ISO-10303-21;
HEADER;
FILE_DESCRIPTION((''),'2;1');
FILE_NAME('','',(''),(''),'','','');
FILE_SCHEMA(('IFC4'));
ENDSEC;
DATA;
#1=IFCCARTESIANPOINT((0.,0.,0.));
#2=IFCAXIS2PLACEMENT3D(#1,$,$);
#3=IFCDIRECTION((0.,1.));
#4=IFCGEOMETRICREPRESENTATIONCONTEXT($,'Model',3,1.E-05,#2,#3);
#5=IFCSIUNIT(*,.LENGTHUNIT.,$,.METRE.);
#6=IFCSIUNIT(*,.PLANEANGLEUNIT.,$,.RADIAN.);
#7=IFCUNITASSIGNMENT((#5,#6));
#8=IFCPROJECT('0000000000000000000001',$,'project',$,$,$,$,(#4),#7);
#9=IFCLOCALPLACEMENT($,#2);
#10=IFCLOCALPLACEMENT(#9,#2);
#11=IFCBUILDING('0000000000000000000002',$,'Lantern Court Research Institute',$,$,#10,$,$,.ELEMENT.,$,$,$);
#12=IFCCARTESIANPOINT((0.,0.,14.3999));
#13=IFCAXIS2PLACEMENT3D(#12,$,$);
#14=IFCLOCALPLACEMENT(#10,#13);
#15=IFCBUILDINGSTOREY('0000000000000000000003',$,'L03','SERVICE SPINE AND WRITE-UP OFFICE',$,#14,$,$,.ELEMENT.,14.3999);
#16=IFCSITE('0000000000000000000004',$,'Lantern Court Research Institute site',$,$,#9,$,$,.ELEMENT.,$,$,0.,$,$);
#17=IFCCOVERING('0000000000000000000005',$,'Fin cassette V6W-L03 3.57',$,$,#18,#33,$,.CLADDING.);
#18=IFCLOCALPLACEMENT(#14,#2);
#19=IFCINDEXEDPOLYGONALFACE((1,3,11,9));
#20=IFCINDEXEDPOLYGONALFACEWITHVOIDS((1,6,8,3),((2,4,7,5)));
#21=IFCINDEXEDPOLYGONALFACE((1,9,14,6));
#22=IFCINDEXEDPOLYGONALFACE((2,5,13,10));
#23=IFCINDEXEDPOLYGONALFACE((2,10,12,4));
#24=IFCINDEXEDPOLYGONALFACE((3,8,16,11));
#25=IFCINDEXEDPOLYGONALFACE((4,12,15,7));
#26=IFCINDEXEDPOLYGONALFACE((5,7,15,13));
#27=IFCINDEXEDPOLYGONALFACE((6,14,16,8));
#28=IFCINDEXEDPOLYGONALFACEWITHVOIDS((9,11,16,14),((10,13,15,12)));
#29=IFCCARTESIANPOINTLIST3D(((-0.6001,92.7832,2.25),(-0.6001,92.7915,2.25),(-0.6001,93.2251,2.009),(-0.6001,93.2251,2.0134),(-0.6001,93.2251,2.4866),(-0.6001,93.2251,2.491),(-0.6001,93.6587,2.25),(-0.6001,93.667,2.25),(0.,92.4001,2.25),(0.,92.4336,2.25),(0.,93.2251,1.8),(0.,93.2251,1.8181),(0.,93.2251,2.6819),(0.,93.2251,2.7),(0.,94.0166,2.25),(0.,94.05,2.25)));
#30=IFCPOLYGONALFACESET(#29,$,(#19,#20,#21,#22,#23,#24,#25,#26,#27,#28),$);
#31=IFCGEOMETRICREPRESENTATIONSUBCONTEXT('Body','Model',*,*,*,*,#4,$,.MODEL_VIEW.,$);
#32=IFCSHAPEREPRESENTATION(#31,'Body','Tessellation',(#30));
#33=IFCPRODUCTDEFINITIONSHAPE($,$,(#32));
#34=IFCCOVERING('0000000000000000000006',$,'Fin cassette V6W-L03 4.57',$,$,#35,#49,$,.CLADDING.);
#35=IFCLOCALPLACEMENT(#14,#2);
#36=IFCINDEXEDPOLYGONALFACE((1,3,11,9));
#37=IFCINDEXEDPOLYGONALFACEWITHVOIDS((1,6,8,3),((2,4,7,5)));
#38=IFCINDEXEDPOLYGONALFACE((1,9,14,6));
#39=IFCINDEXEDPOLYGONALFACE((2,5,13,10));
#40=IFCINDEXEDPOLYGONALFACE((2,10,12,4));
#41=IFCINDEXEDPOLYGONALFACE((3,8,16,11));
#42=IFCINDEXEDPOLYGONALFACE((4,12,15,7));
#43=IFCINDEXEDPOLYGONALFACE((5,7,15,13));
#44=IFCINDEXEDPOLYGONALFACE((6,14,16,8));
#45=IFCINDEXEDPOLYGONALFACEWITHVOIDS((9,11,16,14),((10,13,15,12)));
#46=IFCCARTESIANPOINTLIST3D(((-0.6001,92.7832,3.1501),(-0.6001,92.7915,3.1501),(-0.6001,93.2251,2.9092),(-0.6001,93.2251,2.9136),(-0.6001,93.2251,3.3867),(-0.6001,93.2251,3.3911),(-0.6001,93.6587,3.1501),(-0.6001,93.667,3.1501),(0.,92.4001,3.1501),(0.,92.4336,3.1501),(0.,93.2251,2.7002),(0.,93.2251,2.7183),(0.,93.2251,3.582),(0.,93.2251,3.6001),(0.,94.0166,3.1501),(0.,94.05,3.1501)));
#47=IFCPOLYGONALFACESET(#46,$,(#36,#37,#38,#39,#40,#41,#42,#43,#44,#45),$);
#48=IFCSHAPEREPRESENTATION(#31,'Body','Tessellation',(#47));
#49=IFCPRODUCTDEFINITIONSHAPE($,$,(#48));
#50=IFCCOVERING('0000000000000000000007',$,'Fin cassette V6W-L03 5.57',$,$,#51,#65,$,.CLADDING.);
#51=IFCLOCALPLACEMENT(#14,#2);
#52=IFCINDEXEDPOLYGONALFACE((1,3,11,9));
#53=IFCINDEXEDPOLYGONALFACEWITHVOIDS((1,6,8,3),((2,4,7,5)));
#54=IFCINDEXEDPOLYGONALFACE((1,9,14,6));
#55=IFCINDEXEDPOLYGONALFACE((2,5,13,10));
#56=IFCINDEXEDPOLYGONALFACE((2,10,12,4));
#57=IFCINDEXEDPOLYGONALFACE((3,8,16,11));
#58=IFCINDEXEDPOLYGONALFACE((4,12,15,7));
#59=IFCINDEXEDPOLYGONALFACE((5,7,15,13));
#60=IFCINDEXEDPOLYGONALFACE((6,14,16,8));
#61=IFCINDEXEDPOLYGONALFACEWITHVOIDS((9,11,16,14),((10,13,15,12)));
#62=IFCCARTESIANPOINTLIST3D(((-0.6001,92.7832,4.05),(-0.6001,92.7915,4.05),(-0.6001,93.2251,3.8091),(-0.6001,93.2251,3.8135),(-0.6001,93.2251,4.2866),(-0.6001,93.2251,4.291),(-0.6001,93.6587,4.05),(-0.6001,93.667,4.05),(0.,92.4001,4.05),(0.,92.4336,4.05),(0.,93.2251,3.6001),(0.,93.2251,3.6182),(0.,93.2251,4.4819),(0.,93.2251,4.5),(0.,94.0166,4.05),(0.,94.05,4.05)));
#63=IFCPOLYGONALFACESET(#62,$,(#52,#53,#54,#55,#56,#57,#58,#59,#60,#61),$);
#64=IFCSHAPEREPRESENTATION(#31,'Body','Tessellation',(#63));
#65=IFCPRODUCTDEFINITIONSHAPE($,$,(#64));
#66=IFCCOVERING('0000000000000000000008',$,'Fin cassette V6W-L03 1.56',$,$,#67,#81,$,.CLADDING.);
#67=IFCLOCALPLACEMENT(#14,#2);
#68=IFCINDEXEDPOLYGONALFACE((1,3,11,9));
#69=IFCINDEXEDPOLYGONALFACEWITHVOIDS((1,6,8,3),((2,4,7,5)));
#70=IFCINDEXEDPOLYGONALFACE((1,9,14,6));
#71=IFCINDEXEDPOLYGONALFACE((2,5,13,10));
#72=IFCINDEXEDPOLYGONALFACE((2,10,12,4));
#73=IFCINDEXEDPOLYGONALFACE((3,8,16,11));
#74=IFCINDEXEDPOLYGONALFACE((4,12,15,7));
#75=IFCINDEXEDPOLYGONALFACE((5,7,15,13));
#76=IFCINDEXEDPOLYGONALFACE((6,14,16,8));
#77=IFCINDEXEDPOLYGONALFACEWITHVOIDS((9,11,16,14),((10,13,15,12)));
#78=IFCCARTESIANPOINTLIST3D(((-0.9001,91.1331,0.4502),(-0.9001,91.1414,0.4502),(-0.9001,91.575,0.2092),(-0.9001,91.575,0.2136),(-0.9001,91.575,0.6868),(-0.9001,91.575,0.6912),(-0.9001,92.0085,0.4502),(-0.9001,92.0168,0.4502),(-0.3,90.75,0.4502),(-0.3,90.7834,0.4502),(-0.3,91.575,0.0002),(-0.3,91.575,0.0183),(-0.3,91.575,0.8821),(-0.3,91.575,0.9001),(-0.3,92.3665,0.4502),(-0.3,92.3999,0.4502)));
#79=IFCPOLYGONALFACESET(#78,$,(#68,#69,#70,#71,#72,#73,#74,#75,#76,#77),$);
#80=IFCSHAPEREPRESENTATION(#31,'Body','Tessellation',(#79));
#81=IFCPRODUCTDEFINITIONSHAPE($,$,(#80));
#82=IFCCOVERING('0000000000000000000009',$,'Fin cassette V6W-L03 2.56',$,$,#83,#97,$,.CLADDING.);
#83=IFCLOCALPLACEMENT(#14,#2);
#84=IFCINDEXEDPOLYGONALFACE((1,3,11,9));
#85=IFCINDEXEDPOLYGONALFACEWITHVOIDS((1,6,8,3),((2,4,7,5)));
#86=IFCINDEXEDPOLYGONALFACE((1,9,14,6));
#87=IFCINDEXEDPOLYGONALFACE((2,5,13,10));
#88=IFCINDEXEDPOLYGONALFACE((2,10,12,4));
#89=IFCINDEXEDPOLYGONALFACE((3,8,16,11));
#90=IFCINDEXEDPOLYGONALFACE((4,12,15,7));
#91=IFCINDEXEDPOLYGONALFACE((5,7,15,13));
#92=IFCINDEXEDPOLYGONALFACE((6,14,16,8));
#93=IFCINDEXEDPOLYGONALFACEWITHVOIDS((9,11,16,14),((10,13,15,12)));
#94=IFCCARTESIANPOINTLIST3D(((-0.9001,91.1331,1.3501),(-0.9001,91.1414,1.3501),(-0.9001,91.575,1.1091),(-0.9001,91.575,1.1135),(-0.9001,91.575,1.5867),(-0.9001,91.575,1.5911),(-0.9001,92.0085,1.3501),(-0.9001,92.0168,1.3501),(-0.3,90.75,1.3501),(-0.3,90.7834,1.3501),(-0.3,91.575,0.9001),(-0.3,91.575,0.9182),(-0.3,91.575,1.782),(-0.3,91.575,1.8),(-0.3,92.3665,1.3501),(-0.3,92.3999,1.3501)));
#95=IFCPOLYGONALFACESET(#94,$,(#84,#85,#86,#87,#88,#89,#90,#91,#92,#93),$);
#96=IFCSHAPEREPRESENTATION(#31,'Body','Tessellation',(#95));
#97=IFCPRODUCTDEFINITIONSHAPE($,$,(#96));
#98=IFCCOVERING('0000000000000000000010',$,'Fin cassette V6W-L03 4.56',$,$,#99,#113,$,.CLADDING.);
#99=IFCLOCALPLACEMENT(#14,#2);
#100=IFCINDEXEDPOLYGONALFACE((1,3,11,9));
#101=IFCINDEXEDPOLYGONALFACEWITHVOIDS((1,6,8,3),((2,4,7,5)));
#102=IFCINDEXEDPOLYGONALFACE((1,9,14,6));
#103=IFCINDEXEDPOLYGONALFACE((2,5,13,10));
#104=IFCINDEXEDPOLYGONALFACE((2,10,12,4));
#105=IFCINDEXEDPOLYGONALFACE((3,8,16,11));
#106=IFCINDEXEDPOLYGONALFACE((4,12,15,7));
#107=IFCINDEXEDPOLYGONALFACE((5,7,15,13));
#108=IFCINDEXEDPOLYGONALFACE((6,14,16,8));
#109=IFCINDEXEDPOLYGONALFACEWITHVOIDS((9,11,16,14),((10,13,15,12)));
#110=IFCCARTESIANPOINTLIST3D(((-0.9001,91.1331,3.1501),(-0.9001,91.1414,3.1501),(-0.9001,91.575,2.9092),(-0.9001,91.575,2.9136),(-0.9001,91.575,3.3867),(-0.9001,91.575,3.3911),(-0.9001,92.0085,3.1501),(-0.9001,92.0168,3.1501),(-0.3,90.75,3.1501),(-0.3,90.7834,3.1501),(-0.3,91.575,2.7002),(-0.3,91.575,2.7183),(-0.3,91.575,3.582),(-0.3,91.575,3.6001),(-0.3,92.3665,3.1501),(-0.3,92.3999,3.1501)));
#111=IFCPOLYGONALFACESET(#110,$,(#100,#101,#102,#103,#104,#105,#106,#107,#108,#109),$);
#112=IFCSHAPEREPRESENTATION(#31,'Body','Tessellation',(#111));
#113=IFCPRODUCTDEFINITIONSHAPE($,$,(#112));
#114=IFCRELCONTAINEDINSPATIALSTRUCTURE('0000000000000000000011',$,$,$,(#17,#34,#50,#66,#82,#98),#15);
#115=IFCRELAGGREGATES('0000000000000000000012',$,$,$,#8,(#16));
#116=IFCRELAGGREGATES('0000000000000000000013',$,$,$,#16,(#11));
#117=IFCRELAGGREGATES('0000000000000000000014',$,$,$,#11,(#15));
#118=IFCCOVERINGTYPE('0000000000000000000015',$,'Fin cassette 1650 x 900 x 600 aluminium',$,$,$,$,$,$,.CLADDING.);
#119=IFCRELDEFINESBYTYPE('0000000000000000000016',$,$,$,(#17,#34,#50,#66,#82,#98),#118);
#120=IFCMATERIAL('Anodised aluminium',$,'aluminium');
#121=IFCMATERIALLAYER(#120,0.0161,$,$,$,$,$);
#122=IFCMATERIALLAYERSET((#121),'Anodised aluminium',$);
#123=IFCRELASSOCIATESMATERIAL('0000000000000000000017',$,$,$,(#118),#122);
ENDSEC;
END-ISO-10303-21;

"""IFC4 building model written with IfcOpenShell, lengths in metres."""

from ifc_helpers import new_model, entity, si_unit, direction, frame, origin, place, context, subcontext, project, spatial, material, layer, layer_set, type_object, element, save


model = new_model("IFC4")

# Units and contexts
model_context = context("Model", 3, precision=1e-05, world=origin(), true_north=direction((0.0, 1.0)))
body_context = subcontext(model_context, "Body", "Model", "MODEL_VIEW")
ifc_project = project(units=[si_unit("LENGTHUNIT", "METRE"), si_unit("PLANEANGLEUNIT", "RADIAN")], contexts=[model_context])

# Site, building, storey
site_placement = place(None, origin())
site = spatial("IfcSite", under=ifc_project, at=site_placement, Name="Lantern Court Research Institute site", CompositionType="ELEMENT", RefElevation=0.0)
building_placement = place(site_placement, origin())
building = spatial("IfcBuilding", under=site, at=building_placement, Name="Lantern Court Research Institute", CompositionType="ELEMENT")
storey_placement = place(building_placement, frame((0.0, 0.0, 14.3999)))
storey = spatial("IfcBuildingStorey", under=building, at=storey_placement, Name="L03", Description="SERVICE SPINE AND WRITE-UP OFFICE", CompositionType="ELEMENT", Elevation=14.3999)

# Coverings
ifc_material_1 = material(Name="Anodised aluminium", Category="aluminium")
ifc_layer_1 = layer(ifc_material_1, 0.0161)
ifc_layer_set_1 = layer_set([ifc_layer_1], Name="Anodised aluminium")
covering_type_1 = type_object("IfcCoveringType", Name="Fin cassette 1650 x 900 x 600 aluminium", PredefinedType="CLADDING", material=ifc_layer_set_1)
covering_1_placement = place(storey_placement, frame((0.0, 93.2251, 2.25), z_axis=(-1.0, 0.0, 0.0), x_axis=(0.0, -1.0, 0.0)))
cartesian_point_1 = entity("IfcCartesianPoint", [0.825, 0.0])
cartesian_point_2 = entity("IfcCartesianPoint", [0.7915, 0.0])
cartesian_point_3 = entity("IfcCartesianPoint", [0.4419, 0.0])
cartesian_point_4 = entity("IfcCartesianPoint", [0.4336, 0.0])
element("IfcCovering", 1, at=covering_1_placement, inside=storey, type_object=covering_type_1, Name="Fin cassette V6W-L03 3.57", PredefinedType="CLADDING", context=body_context, shape_type="SweptSolid", body=[
    entity("IfcExtrudedAreaSolidTapered", entity("IfcArbitraryProfileDefWithVoids", "AREA", None, entity("IfcPolyline", [cartesian_point_1, entity("IfcCartesianPoint", [0.0, 0.45]), entity("IfcCartesianPoint", [-0.825, 0.0]), entity("IfcCartesianPoint", [0.0, -0.45]), cartesian_point_1]), [entity("IfcPolyline", [cartesian_point_2, entity("IfcCartesianPoint", [0.0, 0.4319]), entity("IfcCartesianPoint", [-0.7915, 0.0]), entity("IfcCartesianPoint", [0.0, -0.4319]), cartesian_point_2])]), entity("IfcAxis2Placement3D", entity("IfcCartesianPoint", [0.0, 0.0, 0.0])), entity("IfcDirection", [0.0, 0.0, 1.0]), 0.6001, entity("IfcArbitraryProfileDefWithVoids", "AREA", None, entity("IfcPolyline", [cartesian_point_3, entity("IfcCartesianPoint", [0.0, 0.241]), entity("IfcCartesianPoint", [-0.4419, 0.0]), entity("IfcCartesianPoint", [0.0, -0.241]), cartesian_point_3]), [entity("IfcPolyline", [cartesian_point_4, entity("IfcCartesianPoint", [0.0, 0.2366]), entity("IfcCartesianPoint", [-0.4336, 0.0]), entity("IfcCartesianPoint", [0.0, -0.2366]), cartesian_point_4])])),
])
covering_2_placement = place(storey_placement, frame((0.0, 93.2251, 3.1501), z_axis=(-1.0, 0.0, 0.0), x_axis=(0.0, -1.0, 0.0)))
cartesian_point_5 = entity("IfcCartesianPoint", [0.825, 0.0])
cartesian_point_6 = entity("IfcCartesianPoint", [0.7915, 0.0])
cartesian_point_7 = entity("IfcCartesianPoint", [0.4419, 0.0])
cartesian_point_8 = entity("IfcCartesianPoint", [0.4336, 0.0])
element("IfcCovering", 2, at=covering_2_placement, inside=storey, type_object=covering_type_1, Name="Fin cassette V6W-L03 4.57", PredefinedType="CLADDING", context=body_context, shape_type="SweptSolid", body=[
    entity("IfcExtrudedAreaSolidTapered", entity("IfcArbitraryProfileDefWithVoids", "AREA", None, entity("IfcPolyline", [cartesian_point_5, entity("IfcCartesianPoint", [0.0, 0.45]), entity("IfcCartesianPoint", [-0.825, 0.0]), entity("IfcCartesianPoint", [0.0, -0.45]), cartesian_point_5]), [entity("IfcPolyline", [cartesian_point_6, entity("IfcCartesianPoint", [0.0, 0.4319]), entity("IfcCartesianPoint", [-0.7915, 0.0]), entity("IfcCartesianPoint", [0.0, -0.4319]), cartesian_point_6])]), entity("IfcAxis2Placement3D", entity("IfcCartesianPoint", [0.0, 0.0, 0.0])), entity("IfcDirection", [0.0, 0.0, 1.0]), 0.6001, entity("IfcArbitraryProfileDefWithVoids", "AREA", None, entity("IfcPolyline", [cartesian_point_7, entity("IfcCartesianPoint", [0.0, 0.241]), entity("IfcCartesianPoint", [-0.4419, 0.0]), entity("IfcCartesianPoint", [0.0, -0.241]), cartesian_point_7]), [entity("IfcPolyline", [cartesian_point_8, entity("IfcCartesianPoint", [0.0, 0.2366]), entity("IfcCartesianPoint", [-0.4336, 0.0]), entity("IfcCartesianPoint", [0.0, -0.2366]), cartesian_point_8])])),
])
covering_3_placement = place(storey_placement, frame((0.0, 93.2251, 4.05), z_axis=(-1.0, 0.0, 0.0), x_axis=(0.0, -1.0, 0.0)))
cartesian_point_9 = entity("IfcCartesianPoint", [0.825, 0.0])
cartesian_point_10 = entity("IfcCartesianPoint", [0.7915, 0.0])
cartesian_point_11 = entity("IfcCartesianPoint", [0.4419, 0.0])
cartesian_point_12 = entity("IfcCartesianPoint", [0.4336, 0.0])
element("IfcCovering", 3, at=covering_3_placement, inside=storey, type_object=covering_type_1, Name="Fin cassette V6W-L03 5.57", PredefinedType="CLADDING", context=body_context, shape_type="SweptSolid", body=[
    entity("IfcExtrudedAreaSolidTapered", entity("IfcArbitraryProfileDefWithVoids", "AREA", None, entity("IfcPolyline", [cartesian_point_9, entity("IfcCartesianPoint", [0.0, 0.45]), entity("IfcCartesianPoint", [-0.825, 0.0]), entity("IfcCartesianPoint", [0.0, -0.45]), cartesian_point_9]), [entity("IfcPolyline", [cartesian_point_10, entity("IfcCartesianPoint", [0.0, 0.4319]), entity("IfcCartesianPoint", [-0.7915, 0.0]), entity("IfcCartesianPoint", [0.0, -0.4319]), cartesian_point_10])]), entity("IfcAxis2Placement3D", entity("IfcCartesianPoint", [0.0, 0.0, 0.0])), entity("IfcDirection", [0.0, 0.0, 1.0]), 0.6001, entity("IfcArbitraryProfileDefWithVoids", "AREA", None, entity("IfcPolyline", [cartesian_point_11, entity("IfcCartesianPoint", [0.0, 0.241]), entity("IfcCartesianPoint", [-0.4419, 0.0]), entity("IfcCartesianPoint", [0.0, -0.241]), cartesian_point_11]), [entity("IfcPolyline", [cartesian_point_12, entity("IfcCartesianPoint", [0.0, 0.2366]), entity("IfcCartesianPoint", [-0.4336, 0.0]), entity("IfcCartesianPoint", [0.0, -0.2366]), cartesian_point_12])])),
])
covering_4_placement = place(storey_placement, frame((-0.3, 91.575, 0.4502), z_axis=(-1.0, 0.0, 0.0), x_axis=(0.0, -1.0, 0.0)))
cartesian_point_13 = entity("IfcCartesianPoint", [0.825, 0.0])
cartesian_point_14 = entity("IfcCartesianPoint", [0.7915, 0.0])
cartesian_point_15 = entity("IfcCartesianPoint", [0.4419, 0.0])
cartesian_point_16 = entity("IfcCartesianPoint", [0.4336, 0.0])
element("IfcCovering", 4, at=covering_4_placement, inside=storey, type_object=covering_type_1, Name="Fin cassette V6W-L03 1.56", PredefinedType="CLADDING", context=body_context, shape_type="SweptSolid", body=[
    entity("IfcExtrudedAreaSolidTapered", entity("IfcArbitraryProfileDefWithVoids", "AREA", None, entity("IfcPolyline", [cartesian_point_13, entity("IfcCartesianPoint", [0.0, 0.45]), entity("IfcCartesianPoint", [-0.825, 0.0]), entity("IfcCartesianPoint", [0.0, -0.45]), cartesian_point_13]), [entity("IfcPolyline", [cartesian_point_14, entity("IfcCartesianPoint", [0.0, 0.4319]), entity("IfcCartesianPoint", [-0.7915, 0.0]), entity("IfcCartesianPoint", [0.0, -0.4319]), cartesian_point_14])]), entity("IfcAxis2Placement3D", entity("IfcCartesianPoint", [0.0, 0.0, 0.0])), entity("IfcDirection", [0.0, 0.0, 1.0]), 0.6001, entity("IfcArbitraryProfileDefWithVoids", "AREA", None, entity("IfcPolyline", [cartesian_point_15, entity("IfcCartesianPoint", [0.0, 0.241]), entity("IfcCartesianPoint", [-0.4419, 0.0]), entity("IfcCartesianPoint", [0.0, -0.241]), cartesian_point_15]), [entity("IfcPolyline", [cartesian_point_16, entity("IfcCartesianPoint", [0.0, 0.2366]), entity("IfcCartesianPoint", [-0.4336, 0.0]), entity("IfcCartesianPoint", [0.0, -0.2366]), cartesian_point_16])])),
])
covering_5_placement = place(storey_placement, frame((-0.3, 91.575, 1.3501), z_axis=(-1.0, 0.0, 0.0), x_axis=(0.0, -1.0, 0.0)))
cartesian_point_17 = entity("IfcCartesianPoint", [0.825, 0.0])
cartesian_point_18 = entity("IfcCartesianPoint", [0.7915, 0.0])
cartesian_point_19 = entity("IfcCartesianPoint", [0.4419, 0.0])
cartesian_point_20 = entity("IfcCartesianPoint", [0.4336, 0.0])
element("IfcCovering", 5, at=covering_5_placement, inside=storey, type_object=covering_type_1, Name="Fin cassette V6W-L03 2.56", PredefinedType="CLADDING", context=body_context, shape_type="SweptSolid", body=[
    entity("IfcExtrudedAreaSolidTapered", entity("IfcArbitraryProfileDefWithVoids", "AREA", None, entity("IfcPolyline", [cartesian_point_17, entity("IfcCartesianPoint", [0.0, 0.45]), entity("IfcCartesianPoint", [-0.825, 0.0]), entity("IfcCartesianPoint", [0.0, -0.45]), cartesian_point_17]), [entity("IfcPolyline", [cartesian_point_18, entity("IfcCartesianPoint", [0.0, 0.4319]), entity("IfcCartesianPoint", [-0.7915, 0.0]), entity("IfcCartesianPoint", [0.0, -0.4319]), cartesian_point_18])]), entity("IfcAxis2Placement3D", entity("IfcCartesianPoint", [0.0, 0.0, 0.0])), entity("IfcDirection", [0.0, 0.0, 1.0]), 0.6001, entity("IfcArbitraryProfileDefWithVoids", "AREA", None, entity("IfcPolyline", [cartesian_point_19, entity("IfcCartesianPoint", [0.0, 0.241]), entity("IfcCartesianPoint", [-0.4419, 0.0]), entity("IfcCartesianPoint", [0.0, -0.241]), cartesian_point_19]), [entity("IfcPolyline", [cartesian_point_20, entity("IfcCartesianPoint", [0.0, 0.2366]), entity("IfcCartesianPoint", [-0.4336, 0.0]), entity("IfcCartesianPoint", [0.0, -0.2366]), cartesian_point_20])])),
])
covering_6_placement = place(storey_placement, frame((-0.3, 91.575, 3.1501), z_axis=(-1.0, 0.0, 0.0), x_axis=(0.0, -1.0, 0.0)))
cartesian_point_21 = entity("IfcCartesianPoint", [0.825, 0.0])
cartesian_point_22 = entity("IfcCartesianPoint", [0.7915, 0.0])
cartesian_point_23 = entity("IfcCartesianPoint", [0.4419, 0.0])
cartesian_point_24 = entity("IfcCartesianPoint", [0.4336, 0.0])
element("IfcCovering", 6, at=covering_6_placement, inside=storey, type_object=covering_type_1, Name="Fin cassette V6W-L03 4.56", PredefinedType="CLADDING", context=body_context, shape_type="SweptSolid", body=[
    entity("IfcExtrudedAreaSolidTapered", entity("IfcArbitraryProfileDefWithVoids", "AREA", None, entity("IfcPolyline", [cartesian_point_21, entity("IfcCartesianPoint", [0.0, 0.45]), entity("IfcCartesianPoint", [-0.825, 0.0]), entity("IfcCartesianPoint", [0.0, -0.45]), cartesian_point_21]), [entity("IfcPolyline", [cartesian_point_22, entity("IfcCartesianPoint", [0.0, 0.4319]), entity("IfcCartesianPoint", [-0.7915, 0.0]), entity("IfcCartesianPoint", [0.0, -0.4319]), cartesian_point_22])]), entity("IfcAxis2Placement3D", entity("IfcCartesianPoint", [0.0, 0.0, 0.0])), entity("IfcDirection", [0.0, 0.0, 1.0]), 0.6001, entity("IfcArbitraryProfileDefWithVoids", "AREA", None, entity("IfcPolyline", [cartesian_point_23, entity("IfcCartesianPoint", [0.0, 0.241]), entity("IfcCartesianPoint", [-0.4419, 0.0]), entity("IfcCartesianPoint", [0.0, -0.241]), cartesian_point_23]), [entity("IfcPolyline", [cartesian_point_24, entity("IfcCartesianPoint", [0.0, 0.2366]), entity("IfcCartesianPoint", [-0.4336, 0.0]), entity("IfcCartesianPoint", [0.0, -0.2366]), cartesian_point_24])])),
])

save(model, "model.ifc")
